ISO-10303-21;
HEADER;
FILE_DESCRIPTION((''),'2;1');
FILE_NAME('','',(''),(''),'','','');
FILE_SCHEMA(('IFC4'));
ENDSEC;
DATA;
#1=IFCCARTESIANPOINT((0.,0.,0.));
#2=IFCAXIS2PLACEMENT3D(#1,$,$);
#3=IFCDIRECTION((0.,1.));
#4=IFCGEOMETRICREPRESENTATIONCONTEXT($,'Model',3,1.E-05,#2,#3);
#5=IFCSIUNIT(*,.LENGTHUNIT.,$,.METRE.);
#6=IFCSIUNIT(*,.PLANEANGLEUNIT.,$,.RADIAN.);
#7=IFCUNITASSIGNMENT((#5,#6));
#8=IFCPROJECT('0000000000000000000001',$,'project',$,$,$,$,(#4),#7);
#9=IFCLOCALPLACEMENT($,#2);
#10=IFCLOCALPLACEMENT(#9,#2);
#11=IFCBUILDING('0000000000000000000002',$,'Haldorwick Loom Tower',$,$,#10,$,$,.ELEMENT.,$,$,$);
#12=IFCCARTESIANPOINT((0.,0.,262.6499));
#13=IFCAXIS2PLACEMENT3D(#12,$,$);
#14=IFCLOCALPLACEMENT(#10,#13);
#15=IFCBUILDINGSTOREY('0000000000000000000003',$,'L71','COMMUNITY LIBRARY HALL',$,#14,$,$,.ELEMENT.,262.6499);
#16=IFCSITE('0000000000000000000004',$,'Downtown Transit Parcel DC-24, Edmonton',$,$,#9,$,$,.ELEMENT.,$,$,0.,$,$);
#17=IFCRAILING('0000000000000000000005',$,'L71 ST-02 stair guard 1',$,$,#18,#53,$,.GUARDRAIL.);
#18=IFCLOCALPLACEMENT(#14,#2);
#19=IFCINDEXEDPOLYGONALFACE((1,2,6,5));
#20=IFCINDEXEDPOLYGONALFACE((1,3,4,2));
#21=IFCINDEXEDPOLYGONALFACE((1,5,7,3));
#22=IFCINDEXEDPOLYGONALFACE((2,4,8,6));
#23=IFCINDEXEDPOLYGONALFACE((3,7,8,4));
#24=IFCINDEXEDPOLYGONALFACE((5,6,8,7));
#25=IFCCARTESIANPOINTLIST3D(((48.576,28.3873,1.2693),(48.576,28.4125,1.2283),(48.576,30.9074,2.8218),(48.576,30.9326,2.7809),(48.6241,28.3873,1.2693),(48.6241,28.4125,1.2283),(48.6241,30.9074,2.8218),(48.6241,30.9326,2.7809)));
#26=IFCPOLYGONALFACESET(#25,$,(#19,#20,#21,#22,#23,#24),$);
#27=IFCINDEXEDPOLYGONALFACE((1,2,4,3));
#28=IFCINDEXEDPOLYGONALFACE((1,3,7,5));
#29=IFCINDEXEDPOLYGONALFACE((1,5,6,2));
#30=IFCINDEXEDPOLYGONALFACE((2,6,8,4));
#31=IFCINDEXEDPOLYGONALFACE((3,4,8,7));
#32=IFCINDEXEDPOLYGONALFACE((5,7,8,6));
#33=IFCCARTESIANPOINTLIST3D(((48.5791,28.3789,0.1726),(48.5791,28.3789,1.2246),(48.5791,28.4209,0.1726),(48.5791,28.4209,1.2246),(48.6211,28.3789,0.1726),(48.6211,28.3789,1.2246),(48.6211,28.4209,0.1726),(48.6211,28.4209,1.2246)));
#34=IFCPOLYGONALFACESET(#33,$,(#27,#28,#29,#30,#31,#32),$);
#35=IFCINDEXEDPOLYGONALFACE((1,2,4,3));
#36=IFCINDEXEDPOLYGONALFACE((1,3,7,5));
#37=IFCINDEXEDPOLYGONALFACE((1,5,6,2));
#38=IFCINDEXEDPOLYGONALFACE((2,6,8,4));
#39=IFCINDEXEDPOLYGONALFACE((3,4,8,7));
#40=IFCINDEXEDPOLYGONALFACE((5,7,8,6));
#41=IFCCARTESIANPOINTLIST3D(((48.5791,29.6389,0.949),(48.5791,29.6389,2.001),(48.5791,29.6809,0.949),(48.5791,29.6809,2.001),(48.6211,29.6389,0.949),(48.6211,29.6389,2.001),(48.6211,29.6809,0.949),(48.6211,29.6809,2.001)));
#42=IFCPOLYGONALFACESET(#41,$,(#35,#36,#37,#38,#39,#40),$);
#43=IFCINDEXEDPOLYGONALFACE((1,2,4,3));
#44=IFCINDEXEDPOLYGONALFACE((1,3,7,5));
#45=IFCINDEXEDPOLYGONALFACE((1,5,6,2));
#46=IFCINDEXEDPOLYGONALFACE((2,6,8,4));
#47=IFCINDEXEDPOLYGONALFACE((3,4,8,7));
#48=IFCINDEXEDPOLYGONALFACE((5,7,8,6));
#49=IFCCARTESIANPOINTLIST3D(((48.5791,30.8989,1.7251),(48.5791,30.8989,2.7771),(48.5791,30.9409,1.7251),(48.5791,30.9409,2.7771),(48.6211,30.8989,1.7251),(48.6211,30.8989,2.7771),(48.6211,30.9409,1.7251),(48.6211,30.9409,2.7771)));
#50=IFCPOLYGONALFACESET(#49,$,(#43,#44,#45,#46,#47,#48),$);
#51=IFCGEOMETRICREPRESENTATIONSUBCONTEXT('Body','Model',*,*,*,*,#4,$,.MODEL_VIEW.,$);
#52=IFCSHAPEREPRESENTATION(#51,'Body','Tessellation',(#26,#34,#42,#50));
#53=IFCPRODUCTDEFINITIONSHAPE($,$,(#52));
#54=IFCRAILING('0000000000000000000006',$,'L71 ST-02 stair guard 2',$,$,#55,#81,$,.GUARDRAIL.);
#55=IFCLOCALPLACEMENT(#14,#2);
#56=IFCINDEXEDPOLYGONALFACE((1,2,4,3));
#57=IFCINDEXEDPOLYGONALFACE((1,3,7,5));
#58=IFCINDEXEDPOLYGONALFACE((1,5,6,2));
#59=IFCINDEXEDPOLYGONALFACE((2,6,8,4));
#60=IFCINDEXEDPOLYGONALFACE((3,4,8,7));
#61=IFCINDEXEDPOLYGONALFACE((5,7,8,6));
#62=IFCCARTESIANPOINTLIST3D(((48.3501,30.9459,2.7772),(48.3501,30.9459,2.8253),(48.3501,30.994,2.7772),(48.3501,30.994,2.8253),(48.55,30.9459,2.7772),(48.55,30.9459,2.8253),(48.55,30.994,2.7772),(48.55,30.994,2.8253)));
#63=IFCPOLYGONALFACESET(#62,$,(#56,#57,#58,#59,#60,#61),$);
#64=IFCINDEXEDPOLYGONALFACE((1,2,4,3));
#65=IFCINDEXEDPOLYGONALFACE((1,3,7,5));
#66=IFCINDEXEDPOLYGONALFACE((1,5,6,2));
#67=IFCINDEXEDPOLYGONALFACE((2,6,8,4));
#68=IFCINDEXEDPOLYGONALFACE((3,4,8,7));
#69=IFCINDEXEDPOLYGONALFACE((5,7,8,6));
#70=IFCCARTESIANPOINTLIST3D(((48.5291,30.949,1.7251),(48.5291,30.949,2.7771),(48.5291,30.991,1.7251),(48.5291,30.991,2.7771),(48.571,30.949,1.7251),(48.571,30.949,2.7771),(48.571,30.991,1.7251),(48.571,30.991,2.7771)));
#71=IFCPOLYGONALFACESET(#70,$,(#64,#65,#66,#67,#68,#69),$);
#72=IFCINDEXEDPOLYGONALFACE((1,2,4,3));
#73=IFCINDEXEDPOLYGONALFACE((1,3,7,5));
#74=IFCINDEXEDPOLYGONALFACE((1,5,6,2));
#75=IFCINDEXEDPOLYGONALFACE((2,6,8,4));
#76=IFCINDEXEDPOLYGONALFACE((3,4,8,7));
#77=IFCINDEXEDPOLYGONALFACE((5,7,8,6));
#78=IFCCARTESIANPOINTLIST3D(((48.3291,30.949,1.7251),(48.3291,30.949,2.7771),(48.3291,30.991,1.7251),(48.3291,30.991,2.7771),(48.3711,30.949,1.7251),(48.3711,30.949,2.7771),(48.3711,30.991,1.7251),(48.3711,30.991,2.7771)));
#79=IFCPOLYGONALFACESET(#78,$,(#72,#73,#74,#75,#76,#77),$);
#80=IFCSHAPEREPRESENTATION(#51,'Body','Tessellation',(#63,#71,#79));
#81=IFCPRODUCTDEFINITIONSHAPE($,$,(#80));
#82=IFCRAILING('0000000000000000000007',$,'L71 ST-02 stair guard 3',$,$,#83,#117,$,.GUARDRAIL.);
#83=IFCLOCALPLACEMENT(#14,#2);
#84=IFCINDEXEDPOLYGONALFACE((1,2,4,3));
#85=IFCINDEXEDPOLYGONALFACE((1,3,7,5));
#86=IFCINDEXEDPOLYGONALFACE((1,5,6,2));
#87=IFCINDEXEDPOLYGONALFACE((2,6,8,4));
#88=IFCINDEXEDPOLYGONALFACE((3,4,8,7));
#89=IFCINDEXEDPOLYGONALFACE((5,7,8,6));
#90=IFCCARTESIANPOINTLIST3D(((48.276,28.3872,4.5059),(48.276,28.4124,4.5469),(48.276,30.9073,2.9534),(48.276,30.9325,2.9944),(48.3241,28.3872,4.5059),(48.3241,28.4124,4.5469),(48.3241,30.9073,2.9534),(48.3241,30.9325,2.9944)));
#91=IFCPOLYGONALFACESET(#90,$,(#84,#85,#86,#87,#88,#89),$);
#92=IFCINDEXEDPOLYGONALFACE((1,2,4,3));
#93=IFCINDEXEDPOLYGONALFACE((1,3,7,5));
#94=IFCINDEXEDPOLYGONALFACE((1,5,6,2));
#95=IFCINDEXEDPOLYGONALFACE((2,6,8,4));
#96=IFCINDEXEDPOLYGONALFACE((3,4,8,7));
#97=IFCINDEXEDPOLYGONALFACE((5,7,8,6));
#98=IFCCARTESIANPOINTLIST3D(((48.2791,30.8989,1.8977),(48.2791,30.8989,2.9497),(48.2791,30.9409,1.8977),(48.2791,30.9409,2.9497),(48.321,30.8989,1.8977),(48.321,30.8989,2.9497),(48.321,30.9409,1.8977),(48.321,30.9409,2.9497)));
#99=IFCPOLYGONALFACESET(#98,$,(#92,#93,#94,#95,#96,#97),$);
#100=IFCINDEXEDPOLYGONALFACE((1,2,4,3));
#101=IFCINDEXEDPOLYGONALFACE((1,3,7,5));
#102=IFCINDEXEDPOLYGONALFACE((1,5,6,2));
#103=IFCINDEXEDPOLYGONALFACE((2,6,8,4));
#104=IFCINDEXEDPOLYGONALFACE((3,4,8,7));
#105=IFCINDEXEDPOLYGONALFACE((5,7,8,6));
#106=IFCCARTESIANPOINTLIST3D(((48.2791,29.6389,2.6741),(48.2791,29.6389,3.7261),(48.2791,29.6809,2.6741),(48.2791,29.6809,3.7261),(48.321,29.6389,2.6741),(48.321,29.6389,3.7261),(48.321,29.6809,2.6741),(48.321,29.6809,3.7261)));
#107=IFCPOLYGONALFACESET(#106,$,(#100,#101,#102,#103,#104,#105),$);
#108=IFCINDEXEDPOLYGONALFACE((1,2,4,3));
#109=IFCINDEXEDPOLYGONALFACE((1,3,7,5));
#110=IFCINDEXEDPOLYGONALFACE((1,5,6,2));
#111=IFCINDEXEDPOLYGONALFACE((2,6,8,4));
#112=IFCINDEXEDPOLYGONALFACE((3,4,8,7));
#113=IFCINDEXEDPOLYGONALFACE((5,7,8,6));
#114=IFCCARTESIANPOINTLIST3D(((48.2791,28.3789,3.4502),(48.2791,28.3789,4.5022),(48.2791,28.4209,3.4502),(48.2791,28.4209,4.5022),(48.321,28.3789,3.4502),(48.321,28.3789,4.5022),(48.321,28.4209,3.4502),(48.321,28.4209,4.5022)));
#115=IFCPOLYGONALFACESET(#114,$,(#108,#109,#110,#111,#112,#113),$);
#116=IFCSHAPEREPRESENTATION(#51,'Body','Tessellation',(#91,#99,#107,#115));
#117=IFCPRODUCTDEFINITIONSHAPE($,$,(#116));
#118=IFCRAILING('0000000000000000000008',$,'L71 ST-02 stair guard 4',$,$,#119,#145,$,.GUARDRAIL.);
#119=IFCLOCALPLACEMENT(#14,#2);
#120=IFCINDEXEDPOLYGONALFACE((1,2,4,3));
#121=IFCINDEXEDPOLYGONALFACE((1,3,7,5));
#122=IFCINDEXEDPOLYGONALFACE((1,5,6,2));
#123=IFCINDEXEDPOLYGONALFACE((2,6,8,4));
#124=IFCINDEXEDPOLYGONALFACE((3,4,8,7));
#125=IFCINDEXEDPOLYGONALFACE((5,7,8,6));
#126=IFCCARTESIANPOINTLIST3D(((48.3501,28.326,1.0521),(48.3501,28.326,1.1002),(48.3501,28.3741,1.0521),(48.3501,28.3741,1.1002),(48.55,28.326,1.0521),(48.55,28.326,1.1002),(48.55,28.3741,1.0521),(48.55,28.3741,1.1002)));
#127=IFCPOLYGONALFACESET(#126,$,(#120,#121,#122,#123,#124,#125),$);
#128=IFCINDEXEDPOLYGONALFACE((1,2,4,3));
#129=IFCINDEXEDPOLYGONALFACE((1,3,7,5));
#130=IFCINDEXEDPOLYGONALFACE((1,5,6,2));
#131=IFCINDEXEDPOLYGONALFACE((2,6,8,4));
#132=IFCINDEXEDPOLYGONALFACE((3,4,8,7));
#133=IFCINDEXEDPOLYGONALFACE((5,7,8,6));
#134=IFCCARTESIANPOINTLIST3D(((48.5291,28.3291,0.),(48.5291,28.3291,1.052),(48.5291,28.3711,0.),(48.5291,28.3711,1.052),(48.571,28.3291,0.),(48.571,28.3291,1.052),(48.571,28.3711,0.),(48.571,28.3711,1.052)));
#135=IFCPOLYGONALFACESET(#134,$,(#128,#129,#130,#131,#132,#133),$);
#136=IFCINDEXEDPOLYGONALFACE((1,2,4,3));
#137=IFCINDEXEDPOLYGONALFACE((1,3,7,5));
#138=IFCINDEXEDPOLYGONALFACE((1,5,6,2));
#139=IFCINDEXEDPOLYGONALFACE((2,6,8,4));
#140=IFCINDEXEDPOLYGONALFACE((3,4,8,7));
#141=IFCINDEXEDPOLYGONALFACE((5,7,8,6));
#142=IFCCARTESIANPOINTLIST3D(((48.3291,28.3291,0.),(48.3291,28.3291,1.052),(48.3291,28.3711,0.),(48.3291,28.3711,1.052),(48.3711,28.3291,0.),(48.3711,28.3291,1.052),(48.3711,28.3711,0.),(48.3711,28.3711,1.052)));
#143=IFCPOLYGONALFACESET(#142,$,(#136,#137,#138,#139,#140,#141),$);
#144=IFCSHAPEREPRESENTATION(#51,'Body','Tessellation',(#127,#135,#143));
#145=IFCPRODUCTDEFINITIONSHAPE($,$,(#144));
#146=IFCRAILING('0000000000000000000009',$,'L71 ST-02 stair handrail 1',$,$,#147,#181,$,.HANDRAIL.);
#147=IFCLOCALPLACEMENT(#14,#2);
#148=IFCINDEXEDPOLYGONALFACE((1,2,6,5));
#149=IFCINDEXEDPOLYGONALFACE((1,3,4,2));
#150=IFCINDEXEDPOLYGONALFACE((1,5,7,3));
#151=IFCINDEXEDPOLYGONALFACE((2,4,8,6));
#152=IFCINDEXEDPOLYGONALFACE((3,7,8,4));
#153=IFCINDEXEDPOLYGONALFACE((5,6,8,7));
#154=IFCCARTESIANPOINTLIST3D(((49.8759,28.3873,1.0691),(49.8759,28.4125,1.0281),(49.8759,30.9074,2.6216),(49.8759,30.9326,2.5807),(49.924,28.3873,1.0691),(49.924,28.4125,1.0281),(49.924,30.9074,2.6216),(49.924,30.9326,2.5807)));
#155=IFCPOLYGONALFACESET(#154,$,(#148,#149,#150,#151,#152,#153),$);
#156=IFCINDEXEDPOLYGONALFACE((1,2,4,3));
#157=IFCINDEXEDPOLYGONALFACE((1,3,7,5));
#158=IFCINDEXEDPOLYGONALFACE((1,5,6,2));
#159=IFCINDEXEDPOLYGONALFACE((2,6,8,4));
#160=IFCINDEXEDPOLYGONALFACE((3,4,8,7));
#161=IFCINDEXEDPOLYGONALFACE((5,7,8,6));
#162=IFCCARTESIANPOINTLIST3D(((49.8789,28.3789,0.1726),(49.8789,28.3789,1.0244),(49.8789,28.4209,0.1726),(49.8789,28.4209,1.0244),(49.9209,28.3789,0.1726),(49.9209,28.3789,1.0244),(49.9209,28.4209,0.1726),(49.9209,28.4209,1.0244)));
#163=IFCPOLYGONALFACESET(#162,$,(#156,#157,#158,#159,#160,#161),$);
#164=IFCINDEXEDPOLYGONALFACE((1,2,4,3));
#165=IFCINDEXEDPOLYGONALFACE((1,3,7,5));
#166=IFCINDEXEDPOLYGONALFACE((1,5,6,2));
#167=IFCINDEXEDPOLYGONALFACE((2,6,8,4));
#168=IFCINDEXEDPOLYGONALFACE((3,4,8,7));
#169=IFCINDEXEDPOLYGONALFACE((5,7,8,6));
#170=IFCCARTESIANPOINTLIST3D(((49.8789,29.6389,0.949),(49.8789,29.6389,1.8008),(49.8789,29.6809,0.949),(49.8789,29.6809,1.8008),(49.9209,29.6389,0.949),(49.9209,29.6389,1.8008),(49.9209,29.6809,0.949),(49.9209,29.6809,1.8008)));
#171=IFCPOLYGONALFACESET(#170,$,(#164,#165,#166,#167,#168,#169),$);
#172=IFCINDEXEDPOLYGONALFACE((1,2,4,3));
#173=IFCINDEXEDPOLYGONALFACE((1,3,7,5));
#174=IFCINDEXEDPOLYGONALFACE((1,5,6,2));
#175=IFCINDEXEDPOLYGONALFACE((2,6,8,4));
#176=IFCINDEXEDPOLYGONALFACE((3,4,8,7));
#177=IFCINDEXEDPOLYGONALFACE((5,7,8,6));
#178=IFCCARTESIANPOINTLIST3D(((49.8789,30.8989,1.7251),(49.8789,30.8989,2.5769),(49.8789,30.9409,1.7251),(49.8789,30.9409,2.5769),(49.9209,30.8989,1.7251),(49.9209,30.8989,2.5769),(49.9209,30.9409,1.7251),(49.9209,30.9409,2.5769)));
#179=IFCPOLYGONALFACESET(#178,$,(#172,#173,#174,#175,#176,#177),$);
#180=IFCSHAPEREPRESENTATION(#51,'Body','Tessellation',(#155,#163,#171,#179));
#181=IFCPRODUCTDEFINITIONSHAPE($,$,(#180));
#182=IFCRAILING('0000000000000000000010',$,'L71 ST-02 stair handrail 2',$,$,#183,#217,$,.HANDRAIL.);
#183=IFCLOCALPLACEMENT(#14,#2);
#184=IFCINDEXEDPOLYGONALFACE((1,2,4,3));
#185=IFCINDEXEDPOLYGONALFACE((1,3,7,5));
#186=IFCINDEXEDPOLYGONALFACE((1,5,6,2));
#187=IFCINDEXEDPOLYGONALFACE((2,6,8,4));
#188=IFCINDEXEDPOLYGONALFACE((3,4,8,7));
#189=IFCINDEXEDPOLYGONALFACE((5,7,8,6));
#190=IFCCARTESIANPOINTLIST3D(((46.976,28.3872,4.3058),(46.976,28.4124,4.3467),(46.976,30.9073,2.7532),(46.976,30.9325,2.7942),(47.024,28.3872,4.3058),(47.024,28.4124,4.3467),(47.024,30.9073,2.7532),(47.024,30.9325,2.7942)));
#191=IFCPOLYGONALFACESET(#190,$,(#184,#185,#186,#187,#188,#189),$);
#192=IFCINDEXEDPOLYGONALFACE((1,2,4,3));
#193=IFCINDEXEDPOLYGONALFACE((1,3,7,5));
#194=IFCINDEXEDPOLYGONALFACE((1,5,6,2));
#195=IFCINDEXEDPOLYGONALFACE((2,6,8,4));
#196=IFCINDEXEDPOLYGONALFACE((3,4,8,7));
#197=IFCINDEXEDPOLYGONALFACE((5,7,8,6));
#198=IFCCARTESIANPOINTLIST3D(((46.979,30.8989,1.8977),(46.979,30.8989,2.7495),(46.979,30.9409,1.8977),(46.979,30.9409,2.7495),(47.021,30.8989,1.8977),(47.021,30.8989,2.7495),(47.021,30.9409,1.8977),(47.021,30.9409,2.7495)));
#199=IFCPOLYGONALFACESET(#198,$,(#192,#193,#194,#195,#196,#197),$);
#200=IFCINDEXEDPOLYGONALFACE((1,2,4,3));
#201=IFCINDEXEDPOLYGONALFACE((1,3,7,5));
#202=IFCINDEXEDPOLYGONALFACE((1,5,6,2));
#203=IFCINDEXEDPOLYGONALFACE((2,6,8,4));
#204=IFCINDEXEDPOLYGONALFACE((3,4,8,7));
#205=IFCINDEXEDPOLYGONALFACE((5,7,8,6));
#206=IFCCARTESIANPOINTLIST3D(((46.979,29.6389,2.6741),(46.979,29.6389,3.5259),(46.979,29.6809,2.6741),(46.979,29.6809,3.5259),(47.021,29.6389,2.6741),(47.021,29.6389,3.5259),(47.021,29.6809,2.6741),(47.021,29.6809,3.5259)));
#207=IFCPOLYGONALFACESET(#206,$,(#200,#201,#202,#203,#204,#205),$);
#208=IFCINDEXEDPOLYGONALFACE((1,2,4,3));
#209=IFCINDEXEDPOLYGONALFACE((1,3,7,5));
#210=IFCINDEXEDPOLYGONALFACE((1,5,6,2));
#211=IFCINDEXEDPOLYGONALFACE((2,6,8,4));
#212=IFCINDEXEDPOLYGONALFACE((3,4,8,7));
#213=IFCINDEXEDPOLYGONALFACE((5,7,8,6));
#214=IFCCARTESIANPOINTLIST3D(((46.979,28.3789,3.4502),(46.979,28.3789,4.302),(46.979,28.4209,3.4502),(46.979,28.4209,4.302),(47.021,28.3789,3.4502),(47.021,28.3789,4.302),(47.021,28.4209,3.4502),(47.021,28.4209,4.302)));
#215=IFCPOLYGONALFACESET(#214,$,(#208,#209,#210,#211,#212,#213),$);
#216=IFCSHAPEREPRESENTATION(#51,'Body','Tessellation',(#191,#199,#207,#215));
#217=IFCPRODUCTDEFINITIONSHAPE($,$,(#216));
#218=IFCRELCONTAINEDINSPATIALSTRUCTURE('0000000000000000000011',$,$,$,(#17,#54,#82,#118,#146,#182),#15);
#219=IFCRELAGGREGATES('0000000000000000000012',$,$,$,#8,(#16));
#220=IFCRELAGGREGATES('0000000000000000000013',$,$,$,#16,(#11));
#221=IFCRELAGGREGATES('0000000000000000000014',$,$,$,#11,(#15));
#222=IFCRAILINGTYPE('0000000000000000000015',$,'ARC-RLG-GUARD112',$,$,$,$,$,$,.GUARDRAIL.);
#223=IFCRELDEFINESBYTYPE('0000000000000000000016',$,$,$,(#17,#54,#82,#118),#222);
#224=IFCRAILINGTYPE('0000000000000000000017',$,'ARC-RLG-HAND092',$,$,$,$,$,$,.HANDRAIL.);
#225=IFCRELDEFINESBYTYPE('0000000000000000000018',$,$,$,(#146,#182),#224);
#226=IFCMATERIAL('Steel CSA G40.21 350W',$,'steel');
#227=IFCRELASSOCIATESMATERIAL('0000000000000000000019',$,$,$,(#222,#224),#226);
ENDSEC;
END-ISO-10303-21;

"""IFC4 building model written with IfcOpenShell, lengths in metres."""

from ifc_helpers import new_model, si_unit, direction, frame, origin, origin_2d, place, context, subcontext, project, spatial, rectangle, extrude, material, type_object, element, save


model = new_model("IFC4")

# Units and contexts
model_context = context("Model", 3, precision=1e-05, world=origin(), true_north=direction((0.0, 1.0)))
body_context = subcontext(model_context, "Body", "Model", "MODEL_VIEW")
ifc_project = project(units=[si_unit("LENGTHUNIT", "METRE"), si_unit("PLANEANGLEUNIT", "RADIAN")], contexts=[model_context])

# Site, building, storey
site_placement = place(None, origin())
site = spatial("IfcSite", under=ifc_project, at=site_placement, Name="Downtown Transit Parcel DC-24, Edmonton", CompositionType="ELEMENT", RefElevation=0.0)
building_placement = place(site_placement, origin())
building = spatial("IfcBuilding", under=site, at=building_placement, Name="Haldorwick Loom Tower", CompositionType="ELEMENT")
storey_placement = place(building_placement, frame((0.0, 0.0, 262.6499)))
storey = spatial("IfcBuildingStorey", under=building, at=storey_placement, Name="L71", Description="COMMUNITY LIBRARY HALL", CompositionType="ELEMENT", Elevation=262.6499)

# Shared definitions
ifc_material_1 = material(Name="Steel CSA G40.21 350W", Category="steel")

# Railings
railing_type_1 = type_object("IfcRailingType", Name="ARC-RLG-GUARD112", PredefinedType="GUARDRAIL", material=ifc_material_1)
railing_1_placement = place(storey_placement, frame((48.6001, 28.3999, 0.1726)))
element("IfcRailing", 1, at=railing_1_placement, inside=storey, type_object=railing_type_1, Name="L71 ST-02 stair guard 1", PredefinedType="GUARDRAIL", context=body_context, shape_type="SweptSolid", body=[
    extrude(rectangle(XDim=0.0481, YDim=0.0481, at=origin_2d()), frame((0.0, 0.0, 1.0762), z_axis=(0.0, 0.8514, 0.524516), x_axis=(-1.0, 0.0, 0.0)), (0.0, 0.0, 1.0), 2.96),
    extrude(rectangle(XDim=0.042, YDim=0.042, at=origin_2d()), origin(), (0.0, 0.0, 1.0), 1.052),
    extrude(rectangle(XDim=0.042, YDim=0.042, at=origin_2d()), frame((0.0, 1.26, 0.7764)), (0.0, 0.0, 1.0), 1.052),
    extrude(rectangle(XDim=0.042, YDim=0.042, at=origin_2d()), frame((0.0, 2.52, 1.5525)), (0.0, 0.0, 1.0), 1.052),
])
railing_2_placement = place(storey_placement, frame((48.55, 30.97, 1.7251)))
element("IfcRailing", 2, at=railing_2_placement, inside=storey, type_object=railing_type_1, Name="L71 ST-02 stair guard 2", PredefinedType="GUARDRAIL", context=body_context, shape_type="SweptSolid", body=[
    extrude(rectangle(XDim=0.0481, YDim=0.0481, at=origin_2d()), frame((0.0, 0.0, 1.0762), z_axis=(-1.0, 0.0, 0.0), x_axis=(0.0, -1.0, 0.0)), (0.0, 0.0, 1.0), 0.2),
    extrude(rectangle(XDim=0.042, YDim=0.042, at=origin_2d()), origin(), (0.0, 0.0, 1.0), 1.052),
    extrude(rectangle(XDim=0.042, YDim=0.042, at=origin_2d()), frame((-0.2, 0.0, 0.0)), (0.0, 0.0, 1.0), 1.052),
])
railing_3_placement = place(storey_placement, frame((48.3, 30.9199, 1.8977)))
element("IfcRailing", 3, at=railing_3_placement, inside=storey, type_object=railing_type_1, Name="L71 ST-02 stair guard 3", PredefinedType="GUARDRAIL", context=body_context, shape_type="SweptSolid", body=[
    extrude(rectangle(XDim=0.0481, YDim=0.0481, at=origin_2d()), frame((0.0, 0.0, 1.0762), z_axis=(0.0, -0.8514, 0.524516), x_axis=(1.0, 0.0, 0.0)), (0.0, 0.0, 1.0), 2.96),
    extrude(rectangle(XDim=0.042, YDim=0.042, at=origin_2d()), origin(), (0.0, 0.0, 1.0), 1.052),
    extrude(rectangle(XDim=0.042, YDim=0.042, at=origin_2d()), frame((0.0, -1.26, 0.7764)), (0.0, 0.0, 1.0), 1.052),
    extrude(rectangle(XDim=0.042, YDim=0.042, at=origin_2d()), frame((0.0, -2.52, 1.5525)), (0.0, 0.0, 1.0), 1.052),
])
railing_4_placement = place(storey_placement, frame((48.55, 28.3501, 0.0)))
element("IfcRailing", 4, at=railing_4_placement, inside=storey, type_object=railing_type_1, Name="L71 ST-02 stair guard 4", PredefinedType="GUARDRAIL", context=body_context, shape_type="SweptSolid", body=[
    extrude(rectangle(XDim=0.0481, YDim=0.0481, at=origin_2d()), frame((0.0, 0.0, 1.0762), z_axis=(-1.0, 0.0, 0.0), x_axis=(0.0, -1.0, 0.0)), (0.0, 0.0, 1.0), 0.2),
    extrude(rectangle(XDim=0.042, YDim=0.042, at=origin_2d()), origin(), (0.0, 0.0, 1.0), 1.052),
    extrude(rectangle(XDim=0.042, YDim=0.042, at=origin_2d()), frame((-0.2, 0.0, 0.0)), (0.0, 0.0, 1.0), 1.052),
])
railing_type_2 = type_object("IfcRailingType", Name="ARC-RLG-HAND092", PredefinedType="HANDRAIL", material=ifc_material_1)
railing_5_placement = place(storey_placement, frame((49.8999, 28.3999, 0.1726)))
element("IfcRailing", 5, at=railing_5_placement, inside=storey, type_object=railing_type_2, Name="L71 ST-02 stair handrail 1", PredefinedType="HANDRAIL", context=body_context, shape_type="SweptSolid", body=[
    extrude(rectangle(XDim=0.0481, YDim=0.0481, at=origin_2d()), frame((0.0, 0.0, 0.876), z_axis=(0.0, 0.8514, 0.524516), x_axis=(-1.0, 0.0, 0.0)), (0.0, 0.0, 1.0), 2.96),
    extrude(rectangle(XDim=0.042, YDim=0.042, at=origin_2d()), origin(), (0.0, 0.0, 1.0), 0.8518),
    extrude(rectangle(XDim=0.042, YDim=0.042, at=origin_2d()), frame((0.0, 1.26, 0.7764)), (0.0, 0.0, 1.0), 0.8518),
    extrude(rectangle(XDim=0.042, YDim=0.042, at=origin_2d()), frame((0.0, 2.52, 1.5525)), (0.0, 0.0, 1.0), 0.8518),
])
railing_6_placement = place(storey_placement, frame((47.0, 30.9199, 1.8977)))
element("IfcRailing", 6, at=railing_6_placement, inside=storey, type_object=railing_type_2, Name="L71 ST-02 stair handrail 2", PredefinedType="HANDRAIL", context=body_context, shape_type="SweptSolid", body=[
    extrude(rectangle(XDim=0.0481, YDim=0.0481, at=origin_2d()), frame((0.0, 0.0, 0.876), z_axis=(0.0, -0.8514, 0.524516), x_axis=(1.0, 0.0, 0.0)), (0.0, 0.0, 1.0), 2.96),
    extrude(rectangle(XDim=0.042, YDim=0.042, at=origin_2d()), origin(), (0.0, 0.0, 1.0), 0.8518),
    extrude(rectangle(XDim=0.042, YDim=0.042, at=origin_2d()), frame((0.0, -1.26, 0.7764)), (0.0, 0.0, 1.0), 0.8518),
    extrude(rectangle(XDim=0.042, YDim=0.042, at=origin_2d()), frame((0.0, -2.52, 1.5525)), (0.0, 0.0, 1.0), 0.8518),
])

save(model, "model.ifc")
